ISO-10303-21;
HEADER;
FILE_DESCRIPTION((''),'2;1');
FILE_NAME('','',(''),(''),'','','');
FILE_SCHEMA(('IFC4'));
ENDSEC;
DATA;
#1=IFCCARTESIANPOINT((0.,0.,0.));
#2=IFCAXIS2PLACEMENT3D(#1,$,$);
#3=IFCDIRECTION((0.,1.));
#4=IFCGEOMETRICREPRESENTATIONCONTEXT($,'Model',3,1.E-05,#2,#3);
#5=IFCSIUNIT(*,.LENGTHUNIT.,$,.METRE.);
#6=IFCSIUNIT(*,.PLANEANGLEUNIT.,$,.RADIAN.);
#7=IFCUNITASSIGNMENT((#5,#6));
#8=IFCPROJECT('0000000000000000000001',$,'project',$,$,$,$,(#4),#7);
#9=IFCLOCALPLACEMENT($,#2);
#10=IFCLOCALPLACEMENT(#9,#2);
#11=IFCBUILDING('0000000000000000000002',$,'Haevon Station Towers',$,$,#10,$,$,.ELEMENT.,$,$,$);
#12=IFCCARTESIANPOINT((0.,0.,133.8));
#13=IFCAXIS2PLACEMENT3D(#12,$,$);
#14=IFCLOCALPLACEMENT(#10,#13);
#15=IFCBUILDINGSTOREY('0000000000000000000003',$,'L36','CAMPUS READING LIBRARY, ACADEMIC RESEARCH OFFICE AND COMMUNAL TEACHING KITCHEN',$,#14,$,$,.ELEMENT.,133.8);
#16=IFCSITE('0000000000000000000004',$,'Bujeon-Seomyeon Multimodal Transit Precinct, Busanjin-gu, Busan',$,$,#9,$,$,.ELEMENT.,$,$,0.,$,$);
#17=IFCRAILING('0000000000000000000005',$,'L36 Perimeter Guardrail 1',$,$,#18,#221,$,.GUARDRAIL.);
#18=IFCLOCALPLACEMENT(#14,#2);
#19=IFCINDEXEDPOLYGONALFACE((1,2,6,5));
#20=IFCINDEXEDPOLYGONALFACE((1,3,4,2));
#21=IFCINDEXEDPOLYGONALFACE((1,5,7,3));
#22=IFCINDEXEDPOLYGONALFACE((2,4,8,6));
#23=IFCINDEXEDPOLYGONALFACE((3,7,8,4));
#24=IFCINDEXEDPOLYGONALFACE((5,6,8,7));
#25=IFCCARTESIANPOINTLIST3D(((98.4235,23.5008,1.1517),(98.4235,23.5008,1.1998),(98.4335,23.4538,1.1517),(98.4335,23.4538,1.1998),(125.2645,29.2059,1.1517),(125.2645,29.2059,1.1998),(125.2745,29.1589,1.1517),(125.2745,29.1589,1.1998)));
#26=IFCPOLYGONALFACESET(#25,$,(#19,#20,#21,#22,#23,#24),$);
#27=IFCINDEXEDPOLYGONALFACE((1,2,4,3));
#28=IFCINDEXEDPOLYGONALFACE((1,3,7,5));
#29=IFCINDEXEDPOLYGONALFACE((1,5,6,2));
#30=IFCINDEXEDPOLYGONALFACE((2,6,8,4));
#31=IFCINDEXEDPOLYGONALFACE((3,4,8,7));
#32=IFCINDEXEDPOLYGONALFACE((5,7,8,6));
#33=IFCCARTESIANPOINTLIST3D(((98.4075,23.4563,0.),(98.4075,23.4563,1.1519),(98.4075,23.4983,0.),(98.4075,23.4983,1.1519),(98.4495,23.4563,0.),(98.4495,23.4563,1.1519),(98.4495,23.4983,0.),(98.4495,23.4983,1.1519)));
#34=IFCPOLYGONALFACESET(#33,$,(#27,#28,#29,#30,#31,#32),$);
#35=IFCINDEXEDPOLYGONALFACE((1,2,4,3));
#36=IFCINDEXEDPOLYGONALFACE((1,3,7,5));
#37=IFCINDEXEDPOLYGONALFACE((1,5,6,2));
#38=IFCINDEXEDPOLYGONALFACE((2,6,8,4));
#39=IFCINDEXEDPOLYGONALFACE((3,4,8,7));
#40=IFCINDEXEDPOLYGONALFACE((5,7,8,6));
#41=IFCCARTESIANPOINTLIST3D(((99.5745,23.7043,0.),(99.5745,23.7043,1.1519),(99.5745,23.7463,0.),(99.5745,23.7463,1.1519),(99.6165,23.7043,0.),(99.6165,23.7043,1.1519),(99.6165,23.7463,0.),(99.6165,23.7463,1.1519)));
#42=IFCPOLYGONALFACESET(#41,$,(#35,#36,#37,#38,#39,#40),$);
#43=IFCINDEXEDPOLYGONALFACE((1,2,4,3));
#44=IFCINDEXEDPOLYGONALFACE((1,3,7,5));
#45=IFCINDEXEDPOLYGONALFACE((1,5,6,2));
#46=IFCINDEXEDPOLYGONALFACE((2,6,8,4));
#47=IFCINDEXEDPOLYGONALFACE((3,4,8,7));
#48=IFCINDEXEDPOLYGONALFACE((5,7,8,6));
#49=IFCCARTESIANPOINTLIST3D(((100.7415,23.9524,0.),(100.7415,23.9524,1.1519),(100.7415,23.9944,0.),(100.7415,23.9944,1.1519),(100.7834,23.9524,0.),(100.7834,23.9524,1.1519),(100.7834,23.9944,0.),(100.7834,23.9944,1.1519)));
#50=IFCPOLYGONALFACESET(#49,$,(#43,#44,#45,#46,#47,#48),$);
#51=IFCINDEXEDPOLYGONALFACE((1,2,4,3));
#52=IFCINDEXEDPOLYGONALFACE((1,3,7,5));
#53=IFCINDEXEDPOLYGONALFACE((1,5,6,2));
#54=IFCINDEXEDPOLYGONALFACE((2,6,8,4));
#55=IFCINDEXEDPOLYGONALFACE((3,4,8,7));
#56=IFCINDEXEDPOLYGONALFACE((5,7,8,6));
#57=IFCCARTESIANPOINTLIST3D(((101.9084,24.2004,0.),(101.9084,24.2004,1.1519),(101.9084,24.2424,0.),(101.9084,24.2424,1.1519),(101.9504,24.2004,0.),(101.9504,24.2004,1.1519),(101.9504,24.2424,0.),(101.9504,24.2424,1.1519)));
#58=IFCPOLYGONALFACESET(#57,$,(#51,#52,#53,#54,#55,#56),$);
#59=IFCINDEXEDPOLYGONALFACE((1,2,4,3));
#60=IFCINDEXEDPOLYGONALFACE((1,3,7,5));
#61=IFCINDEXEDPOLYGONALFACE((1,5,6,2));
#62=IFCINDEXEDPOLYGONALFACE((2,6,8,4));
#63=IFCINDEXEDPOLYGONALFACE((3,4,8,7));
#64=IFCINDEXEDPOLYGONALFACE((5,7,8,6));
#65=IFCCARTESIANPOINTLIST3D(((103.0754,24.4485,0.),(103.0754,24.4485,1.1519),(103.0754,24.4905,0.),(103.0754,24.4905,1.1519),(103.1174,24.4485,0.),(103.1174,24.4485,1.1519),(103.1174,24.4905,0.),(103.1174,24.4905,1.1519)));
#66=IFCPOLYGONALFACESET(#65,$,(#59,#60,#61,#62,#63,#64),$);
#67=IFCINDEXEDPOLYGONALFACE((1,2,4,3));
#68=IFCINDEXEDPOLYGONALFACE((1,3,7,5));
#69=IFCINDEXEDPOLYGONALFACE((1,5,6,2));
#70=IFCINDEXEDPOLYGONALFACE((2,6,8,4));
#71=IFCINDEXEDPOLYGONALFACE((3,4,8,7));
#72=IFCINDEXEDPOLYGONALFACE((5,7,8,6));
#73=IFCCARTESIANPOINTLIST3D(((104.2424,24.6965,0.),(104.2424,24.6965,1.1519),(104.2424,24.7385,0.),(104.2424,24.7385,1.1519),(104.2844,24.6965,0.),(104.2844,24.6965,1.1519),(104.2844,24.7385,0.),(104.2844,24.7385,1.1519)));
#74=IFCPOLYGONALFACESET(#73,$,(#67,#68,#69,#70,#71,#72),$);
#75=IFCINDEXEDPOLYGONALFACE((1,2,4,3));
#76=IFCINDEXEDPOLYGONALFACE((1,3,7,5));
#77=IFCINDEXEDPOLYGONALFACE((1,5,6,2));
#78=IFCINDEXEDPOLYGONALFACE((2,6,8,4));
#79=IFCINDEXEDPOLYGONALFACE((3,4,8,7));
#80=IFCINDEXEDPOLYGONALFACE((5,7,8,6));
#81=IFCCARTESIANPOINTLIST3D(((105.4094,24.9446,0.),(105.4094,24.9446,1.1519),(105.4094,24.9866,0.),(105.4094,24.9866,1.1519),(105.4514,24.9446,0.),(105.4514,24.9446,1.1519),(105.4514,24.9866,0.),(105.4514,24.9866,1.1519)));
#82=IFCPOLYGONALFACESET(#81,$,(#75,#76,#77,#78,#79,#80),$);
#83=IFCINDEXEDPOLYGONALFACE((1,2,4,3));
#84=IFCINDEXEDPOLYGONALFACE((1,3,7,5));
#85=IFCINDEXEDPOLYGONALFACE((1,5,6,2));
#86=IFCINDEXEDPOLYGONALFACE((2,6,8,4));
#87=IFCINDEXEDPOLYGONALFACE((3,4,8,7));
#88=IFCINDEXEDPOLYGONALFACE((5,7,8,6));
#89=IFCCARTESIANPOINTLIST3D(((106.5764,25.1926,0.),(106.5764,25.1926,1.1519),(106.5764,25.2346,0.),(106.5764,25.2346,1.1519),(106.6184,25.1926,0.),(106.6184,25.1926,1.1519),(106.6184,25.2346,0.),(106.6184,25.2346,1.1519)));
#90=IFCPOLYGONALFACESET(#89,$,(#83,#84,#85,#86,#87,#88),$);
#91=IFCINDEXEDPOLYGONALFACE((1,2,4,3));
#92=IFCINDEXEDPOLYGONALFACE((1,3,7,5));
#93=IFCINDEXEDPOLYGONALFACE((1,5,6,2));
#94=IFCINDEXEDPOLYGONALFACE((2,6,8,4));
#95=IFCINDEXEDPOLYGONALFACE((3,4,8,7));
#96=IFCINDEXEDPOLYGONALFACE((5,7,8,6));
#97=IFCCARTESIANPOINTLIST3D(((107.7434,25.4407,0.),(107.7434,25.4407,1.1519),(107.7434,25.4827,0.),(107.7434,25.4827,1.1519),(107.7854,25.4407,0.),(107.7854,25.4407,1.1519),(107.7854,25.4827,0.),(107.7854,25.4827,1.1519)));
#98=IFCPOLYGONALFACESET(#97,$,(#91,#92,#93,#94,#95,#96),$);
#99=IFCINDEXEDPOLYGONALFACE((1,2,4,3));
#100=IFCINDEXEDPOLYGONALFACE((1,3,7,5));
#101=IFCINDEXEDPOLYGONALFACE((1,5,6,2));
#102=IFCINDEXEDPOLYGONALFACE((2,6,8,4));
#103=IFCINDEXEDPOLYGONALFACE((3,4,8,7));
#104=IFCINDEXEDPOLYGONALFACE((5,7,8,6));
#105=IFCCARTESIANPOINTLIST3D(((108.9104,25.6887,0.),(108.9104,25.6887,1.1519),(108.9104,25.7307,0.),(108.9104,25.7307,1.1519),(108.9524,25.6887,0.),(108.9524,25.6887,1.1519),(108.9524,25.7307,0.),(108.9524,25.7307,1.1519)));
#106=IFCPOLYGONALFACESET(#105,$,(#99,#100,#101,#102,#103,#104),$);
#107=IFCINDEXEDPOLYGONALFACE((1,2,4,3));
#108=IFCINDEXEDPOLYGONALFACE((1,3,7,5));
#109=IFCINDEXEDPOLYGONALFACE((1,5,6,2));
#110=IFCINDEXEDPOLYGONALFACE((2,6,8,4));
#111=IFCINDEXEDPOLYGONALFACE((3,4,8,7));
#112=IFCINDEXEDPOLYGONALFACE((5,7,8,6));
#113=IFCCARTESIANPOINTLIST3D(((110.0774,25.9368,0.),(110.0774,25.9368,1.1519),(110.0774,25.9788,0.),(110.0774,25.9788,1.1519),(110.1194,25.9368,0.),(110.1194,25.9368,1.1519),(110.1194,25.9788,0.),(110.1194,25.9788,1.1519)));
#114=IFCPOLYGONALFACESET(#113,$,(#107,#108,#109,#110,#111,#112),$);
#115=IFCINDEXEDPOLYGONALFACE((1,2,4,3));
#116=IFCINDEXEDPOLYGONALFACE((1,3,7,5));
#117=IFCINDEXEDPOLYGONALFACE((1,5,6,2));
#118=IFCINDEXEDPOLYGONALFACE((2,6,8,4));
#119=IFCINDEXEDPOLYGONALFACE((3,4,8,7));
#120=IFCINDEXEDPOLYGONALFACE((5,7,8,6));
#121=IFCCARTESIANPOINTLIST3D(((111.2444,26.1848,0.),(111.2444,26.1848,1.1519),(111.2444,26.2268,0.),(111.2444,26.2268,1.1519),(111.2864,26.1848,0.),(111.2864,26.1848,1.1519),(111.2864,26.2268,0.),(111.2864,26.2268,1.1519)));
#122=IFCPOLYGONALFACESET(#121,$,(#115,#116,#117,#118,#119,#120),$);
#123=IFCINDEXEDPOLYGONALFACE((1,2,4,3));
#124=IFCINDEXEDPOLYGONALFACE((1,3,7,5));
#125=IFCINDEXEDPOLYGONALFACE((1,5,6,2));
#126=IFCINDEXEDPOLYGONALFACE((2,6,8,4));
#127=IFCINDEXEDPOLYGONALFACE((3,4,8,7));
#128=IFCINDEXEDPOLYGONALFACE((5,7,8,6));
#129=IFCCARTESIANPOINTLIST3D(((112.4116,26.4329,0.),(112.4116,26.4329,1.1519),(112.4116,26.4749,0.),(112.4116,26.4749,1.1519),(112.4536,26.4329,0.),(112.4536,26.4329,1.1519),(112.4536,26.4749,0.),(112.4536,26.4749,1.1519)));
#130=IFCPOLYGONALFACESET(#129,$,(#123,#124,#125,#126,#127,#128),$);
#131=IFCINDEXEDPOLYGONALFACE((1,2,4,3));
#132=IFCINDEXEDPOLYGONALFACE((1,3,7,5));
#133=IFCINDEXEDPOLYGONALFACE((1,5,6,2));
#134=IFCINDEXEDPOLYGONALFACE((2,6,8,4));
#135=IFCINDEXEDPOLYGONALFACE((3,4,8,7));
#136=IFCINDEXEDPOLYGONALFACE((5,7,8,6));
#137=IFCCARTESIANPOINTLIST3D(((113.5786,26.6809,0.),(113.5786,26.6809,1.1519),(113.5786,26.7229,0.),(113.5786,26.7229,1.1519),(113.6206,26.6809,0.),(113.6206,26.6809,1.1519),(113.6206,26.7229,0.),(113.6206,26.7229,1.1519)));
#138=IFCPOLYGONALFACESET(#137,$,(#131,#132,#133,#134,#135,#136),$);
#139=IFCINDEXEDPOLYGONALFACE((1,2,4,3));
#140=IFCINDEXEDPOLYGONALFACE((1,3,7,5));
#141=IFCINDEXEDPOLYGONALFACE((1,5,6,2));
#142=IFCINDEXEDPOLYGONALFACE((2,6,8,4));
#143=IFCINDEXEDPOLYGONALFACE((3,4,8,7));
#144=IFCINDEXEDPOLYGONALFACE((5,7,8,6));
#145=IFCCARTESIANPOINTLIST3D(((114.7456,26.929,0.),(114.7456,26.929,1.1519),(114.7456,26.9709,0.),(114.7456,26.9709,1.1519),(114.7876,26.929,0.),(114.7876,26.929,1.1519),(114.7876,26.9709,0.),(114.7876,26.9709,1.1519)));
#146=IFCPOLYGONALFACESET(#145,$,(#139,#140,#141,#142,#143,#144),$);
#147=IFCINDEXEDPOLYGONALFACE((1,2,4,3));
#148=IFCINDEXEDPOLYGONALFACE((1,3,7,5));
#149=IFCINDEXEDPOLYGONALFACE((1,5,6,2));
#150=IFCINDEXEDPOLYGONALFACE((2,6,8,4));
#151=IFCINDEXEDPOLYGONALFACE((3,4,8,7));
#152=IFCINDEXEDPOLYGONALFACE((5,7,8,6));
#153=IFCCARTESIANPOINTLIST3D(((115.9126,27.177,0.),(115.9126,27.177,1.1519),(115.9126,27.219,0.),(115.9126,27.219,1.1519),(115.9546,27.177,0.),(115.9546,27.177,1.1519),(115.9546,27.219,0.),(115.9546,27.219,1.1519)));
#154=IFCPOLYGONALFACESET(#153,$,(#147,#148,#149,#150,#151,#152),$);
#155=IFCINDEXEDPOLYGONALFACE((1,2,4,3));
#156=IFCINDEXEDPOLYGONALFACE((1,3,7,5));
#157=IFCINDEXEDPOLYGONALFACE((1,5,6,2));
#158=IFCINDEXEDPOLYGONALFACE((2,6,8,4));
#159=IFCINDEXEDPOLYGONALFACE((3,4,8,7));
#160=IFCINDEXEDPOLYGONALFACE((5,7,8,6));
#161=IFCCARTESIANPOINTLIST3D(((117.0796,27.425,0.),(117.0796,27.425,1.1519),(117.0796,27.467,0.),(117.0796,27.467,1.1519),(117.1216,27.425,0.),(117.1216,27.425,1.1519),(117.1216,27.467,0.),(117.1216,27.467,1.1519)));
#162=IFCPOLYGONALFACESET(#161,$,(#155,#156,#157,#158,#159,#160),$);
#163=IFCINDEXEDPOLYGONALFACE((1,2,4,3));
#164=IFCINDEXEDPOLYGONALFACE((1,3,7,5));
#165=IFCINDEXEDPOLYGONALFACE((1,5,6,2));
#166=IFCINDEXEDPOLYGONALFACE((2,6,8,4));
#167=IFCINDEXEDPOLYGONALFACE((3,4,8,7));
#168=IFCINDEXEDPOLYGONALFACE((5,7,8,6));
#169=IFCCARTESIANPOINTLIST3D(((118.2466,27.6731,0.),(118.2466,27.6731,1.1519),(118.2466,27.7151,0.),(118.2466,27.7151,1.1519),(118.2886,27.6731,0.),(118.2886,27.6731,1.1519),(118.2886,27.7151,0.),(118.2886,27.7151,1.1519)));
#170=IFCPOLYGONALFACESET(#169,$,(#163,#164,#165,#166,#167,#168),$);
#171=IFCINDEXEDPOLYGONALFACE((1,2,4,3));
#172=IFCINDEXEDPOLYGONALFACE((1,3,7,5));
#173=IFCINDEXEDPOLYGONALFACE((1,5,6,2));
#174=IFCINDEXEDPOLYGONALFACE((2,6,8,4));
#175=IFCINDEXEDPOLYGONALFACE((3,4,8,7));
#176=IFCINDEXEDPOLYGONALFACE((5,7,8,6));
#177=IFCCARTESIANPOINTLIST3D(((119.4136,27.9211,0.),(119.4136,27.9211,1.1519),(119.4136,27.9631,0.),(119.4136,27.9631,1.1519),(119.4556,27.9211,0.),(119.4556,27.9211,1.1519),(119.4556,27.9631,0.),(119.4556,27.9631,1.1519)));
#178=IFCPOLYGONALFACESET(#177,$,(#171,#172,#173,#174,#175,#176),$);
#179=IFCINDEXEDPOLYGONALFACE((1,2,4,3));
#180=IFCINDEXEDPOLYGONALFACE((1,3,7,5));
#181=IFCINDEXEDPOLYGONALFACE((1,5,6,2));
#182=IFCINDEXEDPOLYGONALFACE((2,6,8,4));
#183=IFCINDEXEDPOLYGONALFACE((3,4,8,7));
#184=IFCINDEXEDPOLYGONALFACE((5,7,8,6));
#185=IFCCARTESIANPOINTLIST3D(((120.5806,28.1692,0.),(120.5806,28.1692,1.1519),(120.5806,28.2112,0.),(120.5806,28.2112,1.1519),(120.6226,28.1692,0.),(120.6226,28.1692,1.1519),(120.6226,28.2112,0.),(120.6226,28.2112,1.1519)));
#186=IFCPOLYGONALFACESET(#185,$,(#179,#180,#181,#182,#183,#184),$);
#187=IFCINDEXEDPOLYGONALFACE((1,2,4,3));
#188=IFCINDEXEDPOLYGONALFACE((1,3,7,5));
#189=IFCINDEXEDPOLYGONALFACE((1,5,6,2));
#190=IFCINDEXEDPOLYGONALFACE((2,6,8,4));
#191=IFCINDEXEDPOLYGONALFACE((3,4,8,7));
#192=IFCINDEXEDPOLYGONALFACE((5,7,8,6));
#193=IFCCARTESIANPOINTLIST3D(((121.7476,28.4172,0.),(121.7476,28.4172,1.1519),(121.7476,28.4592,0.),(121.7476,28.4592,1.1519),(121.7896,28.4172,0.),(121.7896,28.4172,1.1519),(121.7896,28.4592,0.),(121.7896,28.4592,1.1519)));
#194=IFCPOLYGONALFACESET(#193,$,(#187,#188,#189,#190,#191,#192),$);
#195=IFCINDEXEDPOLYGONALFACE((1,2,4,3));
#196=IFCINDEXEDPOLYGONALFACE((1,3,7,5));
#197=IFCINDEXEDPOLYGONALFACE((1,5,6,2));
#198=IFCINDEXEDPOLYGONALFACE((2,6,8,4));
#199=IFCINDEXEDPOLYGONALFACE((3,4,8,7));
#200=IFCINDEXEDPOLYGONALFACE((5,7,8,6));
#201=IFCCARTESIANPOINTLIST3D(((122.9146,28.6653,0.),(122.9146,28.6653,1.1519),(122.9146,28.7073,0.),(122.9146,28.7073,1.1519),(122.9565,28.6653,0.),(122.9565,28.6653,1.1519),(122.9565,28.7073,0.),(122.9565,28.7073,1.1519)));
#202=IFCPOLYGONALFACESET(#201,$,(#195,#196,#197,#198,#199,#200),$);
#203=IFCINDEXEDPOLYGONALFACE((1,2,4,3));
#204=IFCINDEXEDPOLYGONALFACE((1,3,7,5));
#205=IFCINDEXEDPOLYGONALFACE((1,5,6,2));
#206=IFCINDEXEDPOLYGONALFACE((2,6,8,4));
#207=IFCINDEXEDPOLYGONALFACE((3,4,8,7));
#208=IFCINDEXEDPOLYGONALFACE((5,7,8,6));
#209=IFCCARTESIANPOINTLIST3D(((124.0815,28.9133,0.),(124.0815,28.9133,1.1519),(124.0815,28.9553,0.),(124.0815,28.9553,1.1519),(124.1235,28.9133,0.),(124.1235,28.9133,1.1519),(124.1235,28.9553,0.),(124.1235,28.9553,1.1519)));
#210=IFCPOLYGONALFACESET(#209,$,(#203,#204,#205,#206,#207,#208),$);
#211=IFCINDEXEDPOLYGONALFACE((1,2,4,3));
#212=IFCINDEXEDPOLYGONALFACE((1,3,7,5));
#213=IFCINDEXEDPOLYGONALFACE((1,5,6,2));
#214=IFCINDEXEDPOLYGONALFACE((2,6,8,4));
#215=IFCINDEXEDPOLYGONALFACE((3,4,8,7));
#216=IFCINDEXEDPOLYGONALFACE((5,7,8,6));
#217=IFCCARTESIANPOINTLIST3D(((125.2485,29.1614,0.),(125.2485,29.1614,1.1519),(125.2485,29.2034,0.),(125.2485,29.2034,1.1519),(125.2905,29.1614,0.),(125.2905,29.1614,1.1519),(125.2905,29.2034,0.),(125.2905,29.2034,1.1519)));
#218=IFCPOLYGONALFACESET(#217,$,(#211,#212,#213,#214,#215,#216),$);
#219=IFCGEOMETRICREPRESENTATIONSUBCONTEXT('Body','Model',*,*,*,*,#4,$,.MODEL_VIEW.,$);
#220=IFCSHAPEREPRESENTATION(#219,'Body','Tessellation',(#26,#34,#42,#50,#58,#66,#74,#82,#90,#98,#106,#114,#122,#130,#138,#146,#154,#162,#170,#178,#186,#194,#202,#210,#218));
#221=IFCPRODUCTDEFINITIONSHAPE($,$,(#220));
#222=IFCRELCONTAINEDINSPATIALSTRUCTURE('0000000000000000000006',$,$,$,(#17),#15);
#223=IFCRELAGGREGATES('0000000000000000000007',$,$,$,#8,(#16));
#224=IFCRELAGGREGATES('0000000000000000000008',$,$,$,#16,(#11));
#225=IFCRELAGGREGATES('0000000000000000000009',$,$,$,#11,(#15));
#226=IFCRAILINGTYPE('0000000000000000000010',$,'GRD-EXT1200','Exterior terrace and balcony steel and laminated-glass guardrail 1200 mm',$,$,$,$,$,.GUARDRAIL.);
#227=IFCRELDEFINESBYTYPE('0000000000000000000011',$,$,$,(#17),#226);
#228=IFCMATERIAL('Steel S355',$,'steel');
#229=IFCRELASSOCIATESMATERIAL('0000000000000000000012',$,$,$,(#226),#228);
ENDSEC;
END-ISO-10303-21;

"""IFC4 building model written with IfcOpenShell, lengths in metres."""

from ifc_helpers import new_model, si_unit, direction, frame, origin, origin_2d, place, context, subcontext, project, spatial, rectangle, extrude, material, type_object, element, save


model = new_model("IFC4")

# Units and contexts
model_context = context("Model", 3, precision=1e-05, world=origin(), true_north=direction((0.0, 1.0)))
body_context = subcontext(model_context, "Body", "Model", "MODEL_VIEW")
ifc_project = project(units=[si_unit("LENGTHUNIT", "METRE"), si_unit("PLANEANGLEUNIT", "RADIAN")], contexts=[model_context])

# Site, building, storey
site_placement = place(None, origin())
site = spatial("IfcSite", under=ifc_project, at=site_placement, Name="Bujeon-Seomyeon Multimodal Transit Precinct, Busanjin-gu, Busan", CompositionType="ELEMENT", RefElevation=0.0)
building_placement = place(site_placement, origin())
building = spatial("IfcBuilding", under=site, at=building_placement, Name="Haevon Station Towers", CompositionType="ELEMENT")
storey_placement = place(building_placement, frame((0.0, 0.0, 133.8)))
storey = spatial("IfcBuildingStorey", under=building, at=storey_placement, Name="L36", Description="CAMPUS READING LIBRARY, ACADEMIC RESEARCH OFFICE AND COMMUNAL TEACHING KITCHEN", CompositionType="ELEMENT", Elevation=133.8)

# Shared definitions
ifc_material_1 = material(Name="Steel S355", Category="steel")

# Railing
railing_type = type_object("IfcRailingType", Name="GRD-EXT1200", Description="Exterior terrace and balcony steel and laminated-glass guardrail 1200 mm", PredefinedType="GUARDRAIL", material=ifc_material_1)
railing_1_placement = place(storey_placement, frame((98.4285, 23.4773, 0.0)))
element("IfcRailing", 1, at=railing_1_placement, inside=storey, type_object=railing_type, Name="L36 Perimeter Guardrail 1", PredefinedType="GUARDRAIL", context=body_context, shape_type="SweptSolid", body=[
    extrude(rectangle(XDim=0.0481, YDim=0.0481, at=origin_2d()), frame((0.0, 0.0, 1.1758), z_axis=(0.978149, 0.207906, 0.0), x_axis=(-0.207906, 0.978149, 0.0)), (0.0, 0.0, 1.0), 27.4407),
    extrude(rectangle(XDim=0.042, YDim=0.042, at=origin_2d()), origin(), (0.0, 0.0, 1.0), 1.1519),
    extrude(rectangle(XDim=0.042, YDim=0.042, at=origin_2d()), frame((1.167, 0.248, 0.0)), (0.0, 0.0, 1.0), 1.1519),
    extrude(rectangle(XDim=0.042, YDim=0.042, at=origin_2d()), frame((2.334, 0.4961, 0.0)), (0.0, 0.0, 1.0), 1.1519),
    extrude(rectangle(XDim=0.042, YDim=0.042, at=origin_2d()), frame((3.501, 0.7441, 0.0)), (0.0, 0.0, 1.0), 1.1519),
    extrude(rectangle(XDim=0.042, YDim=0.042, at=origin_2d()), frame((4.668, 0.9922, 0.0)), (0.0, 0.0, 1.0), 1.1519),
    extrude(rectangle(XDim=0.042, YDim=0.042, at=origin_2d()), frame((5.835, 1.2402, 0.0)), (0.0, 0.0, 1.0), 1.1519),
    extrude(rectangle(XDim=0.042, YDim=0.042, at=origin_2d()), frame((7.002, 1.4883, 0.0)), (0.0, 0.0, 1.0), 1.1519),
    extrude(rectangle(XDim=0.042, YDim=0.042, at=origin_2d()), frame((8.1689, 1.7363, 0.0)), (0.0, 0.0, 1.0), 1.1519),
    extrude(rectangle(XDim=0.042, YDim=0.042, at=origin_2d()), frame((9.3359, 1.9844, 0.0)), (0.0, 0.0, 1.0), 1.1519),
    extrude(rectangle(XDim=0.042, YDim=0.042, at=origin_2d()), frame((10.5029, 2.2324, 0.0)), (0.0, 0.0, 1.0), 1.1519),
    extrude(rectangle(XDim=0.042, YDim=0.042, at=origin_2d()), frame((11.6699, 2.4805, 0.0)), (0.0, 0.0, 1.0), 1.1519),
    extrude(rectangle(XDim=0.042, YDim=0.042, at=origin_2d()), frame((12.8369, 2.7285, 0.0)), (0.0, 0.0, 1.0), 1.1519),
    extrude(rectangle(XDim=0.042, YDim=0.042, at=origin_2d()), frame((14.0042, 2.9766, 0.0)), (0.0, 0.0, 1.0), 1.1519),
    extrude(rectangle(XDim=0.042, YDim=0.042, at=origin_2d()), frame((15.1711, 3.2246, 0.0)), (0.0, 0.0, 1.0), 1.1519),
    extrude(rectangle(XDim=0.042, YDim=0.042, at=origin_2d()), frame((16.3381, 3.4727, 0.0)), (0.0, 0.0, 1.0), 1.1519),
    extrude(rectangle(XDim=0.042, YDim=0.042, at=origin_2d()), frame((17.5051, 3.7207, 0.0)), (0.0, 0.0, 1.0), 1.1519),
    extrude(rectangle(XDim=0.042, YDim=0.042, at=origin_2d()), frame((18.6721, 3.9688, 0.0)), (0.0, 0.0, 1.0), 1.1519),
    extrude(rectangle(XDim=0.042, YDim=0.042, at=origin_2d()), frame((19.8391, 4.2168, 0.0)), (0.0, 0.0, 1.0), 1.1519),
    extrude(rectangle(XDim=0.042, YDim=0.042, at=origin_2d()), frame((21.0061, 4.4648, 0.0)), (0.0, 0.0, 1.0), 1.1519),
    extrude(rectangle(XDim=0.042, YDim=0.042, at=origin_2d()), frame((22.1731, 4.7129, 0.0)), (0.0, 0.0, 1.0), 1.1519),
    extrude(rectangle(XDim=0.042, YDim=0.042, at=origin_2d()), frame((23.3401, 4.9609, 0.0)), (0.0, 0.0, 1.0), 1.1519),
    extrude(rectangle(XDim=0.042, YDim=0.042, at=origin_2d()), frame((24.5071, 5.209, 0.0)), (0.0, 0.0, 1.0), 1.1519),
    extrude(rectangle(XDim=0.042, YDim=0.042, at=origin_2d()), frame((25.6741, 5.457, 0.0)), (0.0, 0.0, 1.0), 1.1519),
    extrude(rectangle(XDim=0.042, YDim=0.042, at=origin_2d()), frame((26.8411, 5.7051, 0.0)), (0.0, 0.0, 1.0), 1.1519),
])

save(model, "model.ifc")
